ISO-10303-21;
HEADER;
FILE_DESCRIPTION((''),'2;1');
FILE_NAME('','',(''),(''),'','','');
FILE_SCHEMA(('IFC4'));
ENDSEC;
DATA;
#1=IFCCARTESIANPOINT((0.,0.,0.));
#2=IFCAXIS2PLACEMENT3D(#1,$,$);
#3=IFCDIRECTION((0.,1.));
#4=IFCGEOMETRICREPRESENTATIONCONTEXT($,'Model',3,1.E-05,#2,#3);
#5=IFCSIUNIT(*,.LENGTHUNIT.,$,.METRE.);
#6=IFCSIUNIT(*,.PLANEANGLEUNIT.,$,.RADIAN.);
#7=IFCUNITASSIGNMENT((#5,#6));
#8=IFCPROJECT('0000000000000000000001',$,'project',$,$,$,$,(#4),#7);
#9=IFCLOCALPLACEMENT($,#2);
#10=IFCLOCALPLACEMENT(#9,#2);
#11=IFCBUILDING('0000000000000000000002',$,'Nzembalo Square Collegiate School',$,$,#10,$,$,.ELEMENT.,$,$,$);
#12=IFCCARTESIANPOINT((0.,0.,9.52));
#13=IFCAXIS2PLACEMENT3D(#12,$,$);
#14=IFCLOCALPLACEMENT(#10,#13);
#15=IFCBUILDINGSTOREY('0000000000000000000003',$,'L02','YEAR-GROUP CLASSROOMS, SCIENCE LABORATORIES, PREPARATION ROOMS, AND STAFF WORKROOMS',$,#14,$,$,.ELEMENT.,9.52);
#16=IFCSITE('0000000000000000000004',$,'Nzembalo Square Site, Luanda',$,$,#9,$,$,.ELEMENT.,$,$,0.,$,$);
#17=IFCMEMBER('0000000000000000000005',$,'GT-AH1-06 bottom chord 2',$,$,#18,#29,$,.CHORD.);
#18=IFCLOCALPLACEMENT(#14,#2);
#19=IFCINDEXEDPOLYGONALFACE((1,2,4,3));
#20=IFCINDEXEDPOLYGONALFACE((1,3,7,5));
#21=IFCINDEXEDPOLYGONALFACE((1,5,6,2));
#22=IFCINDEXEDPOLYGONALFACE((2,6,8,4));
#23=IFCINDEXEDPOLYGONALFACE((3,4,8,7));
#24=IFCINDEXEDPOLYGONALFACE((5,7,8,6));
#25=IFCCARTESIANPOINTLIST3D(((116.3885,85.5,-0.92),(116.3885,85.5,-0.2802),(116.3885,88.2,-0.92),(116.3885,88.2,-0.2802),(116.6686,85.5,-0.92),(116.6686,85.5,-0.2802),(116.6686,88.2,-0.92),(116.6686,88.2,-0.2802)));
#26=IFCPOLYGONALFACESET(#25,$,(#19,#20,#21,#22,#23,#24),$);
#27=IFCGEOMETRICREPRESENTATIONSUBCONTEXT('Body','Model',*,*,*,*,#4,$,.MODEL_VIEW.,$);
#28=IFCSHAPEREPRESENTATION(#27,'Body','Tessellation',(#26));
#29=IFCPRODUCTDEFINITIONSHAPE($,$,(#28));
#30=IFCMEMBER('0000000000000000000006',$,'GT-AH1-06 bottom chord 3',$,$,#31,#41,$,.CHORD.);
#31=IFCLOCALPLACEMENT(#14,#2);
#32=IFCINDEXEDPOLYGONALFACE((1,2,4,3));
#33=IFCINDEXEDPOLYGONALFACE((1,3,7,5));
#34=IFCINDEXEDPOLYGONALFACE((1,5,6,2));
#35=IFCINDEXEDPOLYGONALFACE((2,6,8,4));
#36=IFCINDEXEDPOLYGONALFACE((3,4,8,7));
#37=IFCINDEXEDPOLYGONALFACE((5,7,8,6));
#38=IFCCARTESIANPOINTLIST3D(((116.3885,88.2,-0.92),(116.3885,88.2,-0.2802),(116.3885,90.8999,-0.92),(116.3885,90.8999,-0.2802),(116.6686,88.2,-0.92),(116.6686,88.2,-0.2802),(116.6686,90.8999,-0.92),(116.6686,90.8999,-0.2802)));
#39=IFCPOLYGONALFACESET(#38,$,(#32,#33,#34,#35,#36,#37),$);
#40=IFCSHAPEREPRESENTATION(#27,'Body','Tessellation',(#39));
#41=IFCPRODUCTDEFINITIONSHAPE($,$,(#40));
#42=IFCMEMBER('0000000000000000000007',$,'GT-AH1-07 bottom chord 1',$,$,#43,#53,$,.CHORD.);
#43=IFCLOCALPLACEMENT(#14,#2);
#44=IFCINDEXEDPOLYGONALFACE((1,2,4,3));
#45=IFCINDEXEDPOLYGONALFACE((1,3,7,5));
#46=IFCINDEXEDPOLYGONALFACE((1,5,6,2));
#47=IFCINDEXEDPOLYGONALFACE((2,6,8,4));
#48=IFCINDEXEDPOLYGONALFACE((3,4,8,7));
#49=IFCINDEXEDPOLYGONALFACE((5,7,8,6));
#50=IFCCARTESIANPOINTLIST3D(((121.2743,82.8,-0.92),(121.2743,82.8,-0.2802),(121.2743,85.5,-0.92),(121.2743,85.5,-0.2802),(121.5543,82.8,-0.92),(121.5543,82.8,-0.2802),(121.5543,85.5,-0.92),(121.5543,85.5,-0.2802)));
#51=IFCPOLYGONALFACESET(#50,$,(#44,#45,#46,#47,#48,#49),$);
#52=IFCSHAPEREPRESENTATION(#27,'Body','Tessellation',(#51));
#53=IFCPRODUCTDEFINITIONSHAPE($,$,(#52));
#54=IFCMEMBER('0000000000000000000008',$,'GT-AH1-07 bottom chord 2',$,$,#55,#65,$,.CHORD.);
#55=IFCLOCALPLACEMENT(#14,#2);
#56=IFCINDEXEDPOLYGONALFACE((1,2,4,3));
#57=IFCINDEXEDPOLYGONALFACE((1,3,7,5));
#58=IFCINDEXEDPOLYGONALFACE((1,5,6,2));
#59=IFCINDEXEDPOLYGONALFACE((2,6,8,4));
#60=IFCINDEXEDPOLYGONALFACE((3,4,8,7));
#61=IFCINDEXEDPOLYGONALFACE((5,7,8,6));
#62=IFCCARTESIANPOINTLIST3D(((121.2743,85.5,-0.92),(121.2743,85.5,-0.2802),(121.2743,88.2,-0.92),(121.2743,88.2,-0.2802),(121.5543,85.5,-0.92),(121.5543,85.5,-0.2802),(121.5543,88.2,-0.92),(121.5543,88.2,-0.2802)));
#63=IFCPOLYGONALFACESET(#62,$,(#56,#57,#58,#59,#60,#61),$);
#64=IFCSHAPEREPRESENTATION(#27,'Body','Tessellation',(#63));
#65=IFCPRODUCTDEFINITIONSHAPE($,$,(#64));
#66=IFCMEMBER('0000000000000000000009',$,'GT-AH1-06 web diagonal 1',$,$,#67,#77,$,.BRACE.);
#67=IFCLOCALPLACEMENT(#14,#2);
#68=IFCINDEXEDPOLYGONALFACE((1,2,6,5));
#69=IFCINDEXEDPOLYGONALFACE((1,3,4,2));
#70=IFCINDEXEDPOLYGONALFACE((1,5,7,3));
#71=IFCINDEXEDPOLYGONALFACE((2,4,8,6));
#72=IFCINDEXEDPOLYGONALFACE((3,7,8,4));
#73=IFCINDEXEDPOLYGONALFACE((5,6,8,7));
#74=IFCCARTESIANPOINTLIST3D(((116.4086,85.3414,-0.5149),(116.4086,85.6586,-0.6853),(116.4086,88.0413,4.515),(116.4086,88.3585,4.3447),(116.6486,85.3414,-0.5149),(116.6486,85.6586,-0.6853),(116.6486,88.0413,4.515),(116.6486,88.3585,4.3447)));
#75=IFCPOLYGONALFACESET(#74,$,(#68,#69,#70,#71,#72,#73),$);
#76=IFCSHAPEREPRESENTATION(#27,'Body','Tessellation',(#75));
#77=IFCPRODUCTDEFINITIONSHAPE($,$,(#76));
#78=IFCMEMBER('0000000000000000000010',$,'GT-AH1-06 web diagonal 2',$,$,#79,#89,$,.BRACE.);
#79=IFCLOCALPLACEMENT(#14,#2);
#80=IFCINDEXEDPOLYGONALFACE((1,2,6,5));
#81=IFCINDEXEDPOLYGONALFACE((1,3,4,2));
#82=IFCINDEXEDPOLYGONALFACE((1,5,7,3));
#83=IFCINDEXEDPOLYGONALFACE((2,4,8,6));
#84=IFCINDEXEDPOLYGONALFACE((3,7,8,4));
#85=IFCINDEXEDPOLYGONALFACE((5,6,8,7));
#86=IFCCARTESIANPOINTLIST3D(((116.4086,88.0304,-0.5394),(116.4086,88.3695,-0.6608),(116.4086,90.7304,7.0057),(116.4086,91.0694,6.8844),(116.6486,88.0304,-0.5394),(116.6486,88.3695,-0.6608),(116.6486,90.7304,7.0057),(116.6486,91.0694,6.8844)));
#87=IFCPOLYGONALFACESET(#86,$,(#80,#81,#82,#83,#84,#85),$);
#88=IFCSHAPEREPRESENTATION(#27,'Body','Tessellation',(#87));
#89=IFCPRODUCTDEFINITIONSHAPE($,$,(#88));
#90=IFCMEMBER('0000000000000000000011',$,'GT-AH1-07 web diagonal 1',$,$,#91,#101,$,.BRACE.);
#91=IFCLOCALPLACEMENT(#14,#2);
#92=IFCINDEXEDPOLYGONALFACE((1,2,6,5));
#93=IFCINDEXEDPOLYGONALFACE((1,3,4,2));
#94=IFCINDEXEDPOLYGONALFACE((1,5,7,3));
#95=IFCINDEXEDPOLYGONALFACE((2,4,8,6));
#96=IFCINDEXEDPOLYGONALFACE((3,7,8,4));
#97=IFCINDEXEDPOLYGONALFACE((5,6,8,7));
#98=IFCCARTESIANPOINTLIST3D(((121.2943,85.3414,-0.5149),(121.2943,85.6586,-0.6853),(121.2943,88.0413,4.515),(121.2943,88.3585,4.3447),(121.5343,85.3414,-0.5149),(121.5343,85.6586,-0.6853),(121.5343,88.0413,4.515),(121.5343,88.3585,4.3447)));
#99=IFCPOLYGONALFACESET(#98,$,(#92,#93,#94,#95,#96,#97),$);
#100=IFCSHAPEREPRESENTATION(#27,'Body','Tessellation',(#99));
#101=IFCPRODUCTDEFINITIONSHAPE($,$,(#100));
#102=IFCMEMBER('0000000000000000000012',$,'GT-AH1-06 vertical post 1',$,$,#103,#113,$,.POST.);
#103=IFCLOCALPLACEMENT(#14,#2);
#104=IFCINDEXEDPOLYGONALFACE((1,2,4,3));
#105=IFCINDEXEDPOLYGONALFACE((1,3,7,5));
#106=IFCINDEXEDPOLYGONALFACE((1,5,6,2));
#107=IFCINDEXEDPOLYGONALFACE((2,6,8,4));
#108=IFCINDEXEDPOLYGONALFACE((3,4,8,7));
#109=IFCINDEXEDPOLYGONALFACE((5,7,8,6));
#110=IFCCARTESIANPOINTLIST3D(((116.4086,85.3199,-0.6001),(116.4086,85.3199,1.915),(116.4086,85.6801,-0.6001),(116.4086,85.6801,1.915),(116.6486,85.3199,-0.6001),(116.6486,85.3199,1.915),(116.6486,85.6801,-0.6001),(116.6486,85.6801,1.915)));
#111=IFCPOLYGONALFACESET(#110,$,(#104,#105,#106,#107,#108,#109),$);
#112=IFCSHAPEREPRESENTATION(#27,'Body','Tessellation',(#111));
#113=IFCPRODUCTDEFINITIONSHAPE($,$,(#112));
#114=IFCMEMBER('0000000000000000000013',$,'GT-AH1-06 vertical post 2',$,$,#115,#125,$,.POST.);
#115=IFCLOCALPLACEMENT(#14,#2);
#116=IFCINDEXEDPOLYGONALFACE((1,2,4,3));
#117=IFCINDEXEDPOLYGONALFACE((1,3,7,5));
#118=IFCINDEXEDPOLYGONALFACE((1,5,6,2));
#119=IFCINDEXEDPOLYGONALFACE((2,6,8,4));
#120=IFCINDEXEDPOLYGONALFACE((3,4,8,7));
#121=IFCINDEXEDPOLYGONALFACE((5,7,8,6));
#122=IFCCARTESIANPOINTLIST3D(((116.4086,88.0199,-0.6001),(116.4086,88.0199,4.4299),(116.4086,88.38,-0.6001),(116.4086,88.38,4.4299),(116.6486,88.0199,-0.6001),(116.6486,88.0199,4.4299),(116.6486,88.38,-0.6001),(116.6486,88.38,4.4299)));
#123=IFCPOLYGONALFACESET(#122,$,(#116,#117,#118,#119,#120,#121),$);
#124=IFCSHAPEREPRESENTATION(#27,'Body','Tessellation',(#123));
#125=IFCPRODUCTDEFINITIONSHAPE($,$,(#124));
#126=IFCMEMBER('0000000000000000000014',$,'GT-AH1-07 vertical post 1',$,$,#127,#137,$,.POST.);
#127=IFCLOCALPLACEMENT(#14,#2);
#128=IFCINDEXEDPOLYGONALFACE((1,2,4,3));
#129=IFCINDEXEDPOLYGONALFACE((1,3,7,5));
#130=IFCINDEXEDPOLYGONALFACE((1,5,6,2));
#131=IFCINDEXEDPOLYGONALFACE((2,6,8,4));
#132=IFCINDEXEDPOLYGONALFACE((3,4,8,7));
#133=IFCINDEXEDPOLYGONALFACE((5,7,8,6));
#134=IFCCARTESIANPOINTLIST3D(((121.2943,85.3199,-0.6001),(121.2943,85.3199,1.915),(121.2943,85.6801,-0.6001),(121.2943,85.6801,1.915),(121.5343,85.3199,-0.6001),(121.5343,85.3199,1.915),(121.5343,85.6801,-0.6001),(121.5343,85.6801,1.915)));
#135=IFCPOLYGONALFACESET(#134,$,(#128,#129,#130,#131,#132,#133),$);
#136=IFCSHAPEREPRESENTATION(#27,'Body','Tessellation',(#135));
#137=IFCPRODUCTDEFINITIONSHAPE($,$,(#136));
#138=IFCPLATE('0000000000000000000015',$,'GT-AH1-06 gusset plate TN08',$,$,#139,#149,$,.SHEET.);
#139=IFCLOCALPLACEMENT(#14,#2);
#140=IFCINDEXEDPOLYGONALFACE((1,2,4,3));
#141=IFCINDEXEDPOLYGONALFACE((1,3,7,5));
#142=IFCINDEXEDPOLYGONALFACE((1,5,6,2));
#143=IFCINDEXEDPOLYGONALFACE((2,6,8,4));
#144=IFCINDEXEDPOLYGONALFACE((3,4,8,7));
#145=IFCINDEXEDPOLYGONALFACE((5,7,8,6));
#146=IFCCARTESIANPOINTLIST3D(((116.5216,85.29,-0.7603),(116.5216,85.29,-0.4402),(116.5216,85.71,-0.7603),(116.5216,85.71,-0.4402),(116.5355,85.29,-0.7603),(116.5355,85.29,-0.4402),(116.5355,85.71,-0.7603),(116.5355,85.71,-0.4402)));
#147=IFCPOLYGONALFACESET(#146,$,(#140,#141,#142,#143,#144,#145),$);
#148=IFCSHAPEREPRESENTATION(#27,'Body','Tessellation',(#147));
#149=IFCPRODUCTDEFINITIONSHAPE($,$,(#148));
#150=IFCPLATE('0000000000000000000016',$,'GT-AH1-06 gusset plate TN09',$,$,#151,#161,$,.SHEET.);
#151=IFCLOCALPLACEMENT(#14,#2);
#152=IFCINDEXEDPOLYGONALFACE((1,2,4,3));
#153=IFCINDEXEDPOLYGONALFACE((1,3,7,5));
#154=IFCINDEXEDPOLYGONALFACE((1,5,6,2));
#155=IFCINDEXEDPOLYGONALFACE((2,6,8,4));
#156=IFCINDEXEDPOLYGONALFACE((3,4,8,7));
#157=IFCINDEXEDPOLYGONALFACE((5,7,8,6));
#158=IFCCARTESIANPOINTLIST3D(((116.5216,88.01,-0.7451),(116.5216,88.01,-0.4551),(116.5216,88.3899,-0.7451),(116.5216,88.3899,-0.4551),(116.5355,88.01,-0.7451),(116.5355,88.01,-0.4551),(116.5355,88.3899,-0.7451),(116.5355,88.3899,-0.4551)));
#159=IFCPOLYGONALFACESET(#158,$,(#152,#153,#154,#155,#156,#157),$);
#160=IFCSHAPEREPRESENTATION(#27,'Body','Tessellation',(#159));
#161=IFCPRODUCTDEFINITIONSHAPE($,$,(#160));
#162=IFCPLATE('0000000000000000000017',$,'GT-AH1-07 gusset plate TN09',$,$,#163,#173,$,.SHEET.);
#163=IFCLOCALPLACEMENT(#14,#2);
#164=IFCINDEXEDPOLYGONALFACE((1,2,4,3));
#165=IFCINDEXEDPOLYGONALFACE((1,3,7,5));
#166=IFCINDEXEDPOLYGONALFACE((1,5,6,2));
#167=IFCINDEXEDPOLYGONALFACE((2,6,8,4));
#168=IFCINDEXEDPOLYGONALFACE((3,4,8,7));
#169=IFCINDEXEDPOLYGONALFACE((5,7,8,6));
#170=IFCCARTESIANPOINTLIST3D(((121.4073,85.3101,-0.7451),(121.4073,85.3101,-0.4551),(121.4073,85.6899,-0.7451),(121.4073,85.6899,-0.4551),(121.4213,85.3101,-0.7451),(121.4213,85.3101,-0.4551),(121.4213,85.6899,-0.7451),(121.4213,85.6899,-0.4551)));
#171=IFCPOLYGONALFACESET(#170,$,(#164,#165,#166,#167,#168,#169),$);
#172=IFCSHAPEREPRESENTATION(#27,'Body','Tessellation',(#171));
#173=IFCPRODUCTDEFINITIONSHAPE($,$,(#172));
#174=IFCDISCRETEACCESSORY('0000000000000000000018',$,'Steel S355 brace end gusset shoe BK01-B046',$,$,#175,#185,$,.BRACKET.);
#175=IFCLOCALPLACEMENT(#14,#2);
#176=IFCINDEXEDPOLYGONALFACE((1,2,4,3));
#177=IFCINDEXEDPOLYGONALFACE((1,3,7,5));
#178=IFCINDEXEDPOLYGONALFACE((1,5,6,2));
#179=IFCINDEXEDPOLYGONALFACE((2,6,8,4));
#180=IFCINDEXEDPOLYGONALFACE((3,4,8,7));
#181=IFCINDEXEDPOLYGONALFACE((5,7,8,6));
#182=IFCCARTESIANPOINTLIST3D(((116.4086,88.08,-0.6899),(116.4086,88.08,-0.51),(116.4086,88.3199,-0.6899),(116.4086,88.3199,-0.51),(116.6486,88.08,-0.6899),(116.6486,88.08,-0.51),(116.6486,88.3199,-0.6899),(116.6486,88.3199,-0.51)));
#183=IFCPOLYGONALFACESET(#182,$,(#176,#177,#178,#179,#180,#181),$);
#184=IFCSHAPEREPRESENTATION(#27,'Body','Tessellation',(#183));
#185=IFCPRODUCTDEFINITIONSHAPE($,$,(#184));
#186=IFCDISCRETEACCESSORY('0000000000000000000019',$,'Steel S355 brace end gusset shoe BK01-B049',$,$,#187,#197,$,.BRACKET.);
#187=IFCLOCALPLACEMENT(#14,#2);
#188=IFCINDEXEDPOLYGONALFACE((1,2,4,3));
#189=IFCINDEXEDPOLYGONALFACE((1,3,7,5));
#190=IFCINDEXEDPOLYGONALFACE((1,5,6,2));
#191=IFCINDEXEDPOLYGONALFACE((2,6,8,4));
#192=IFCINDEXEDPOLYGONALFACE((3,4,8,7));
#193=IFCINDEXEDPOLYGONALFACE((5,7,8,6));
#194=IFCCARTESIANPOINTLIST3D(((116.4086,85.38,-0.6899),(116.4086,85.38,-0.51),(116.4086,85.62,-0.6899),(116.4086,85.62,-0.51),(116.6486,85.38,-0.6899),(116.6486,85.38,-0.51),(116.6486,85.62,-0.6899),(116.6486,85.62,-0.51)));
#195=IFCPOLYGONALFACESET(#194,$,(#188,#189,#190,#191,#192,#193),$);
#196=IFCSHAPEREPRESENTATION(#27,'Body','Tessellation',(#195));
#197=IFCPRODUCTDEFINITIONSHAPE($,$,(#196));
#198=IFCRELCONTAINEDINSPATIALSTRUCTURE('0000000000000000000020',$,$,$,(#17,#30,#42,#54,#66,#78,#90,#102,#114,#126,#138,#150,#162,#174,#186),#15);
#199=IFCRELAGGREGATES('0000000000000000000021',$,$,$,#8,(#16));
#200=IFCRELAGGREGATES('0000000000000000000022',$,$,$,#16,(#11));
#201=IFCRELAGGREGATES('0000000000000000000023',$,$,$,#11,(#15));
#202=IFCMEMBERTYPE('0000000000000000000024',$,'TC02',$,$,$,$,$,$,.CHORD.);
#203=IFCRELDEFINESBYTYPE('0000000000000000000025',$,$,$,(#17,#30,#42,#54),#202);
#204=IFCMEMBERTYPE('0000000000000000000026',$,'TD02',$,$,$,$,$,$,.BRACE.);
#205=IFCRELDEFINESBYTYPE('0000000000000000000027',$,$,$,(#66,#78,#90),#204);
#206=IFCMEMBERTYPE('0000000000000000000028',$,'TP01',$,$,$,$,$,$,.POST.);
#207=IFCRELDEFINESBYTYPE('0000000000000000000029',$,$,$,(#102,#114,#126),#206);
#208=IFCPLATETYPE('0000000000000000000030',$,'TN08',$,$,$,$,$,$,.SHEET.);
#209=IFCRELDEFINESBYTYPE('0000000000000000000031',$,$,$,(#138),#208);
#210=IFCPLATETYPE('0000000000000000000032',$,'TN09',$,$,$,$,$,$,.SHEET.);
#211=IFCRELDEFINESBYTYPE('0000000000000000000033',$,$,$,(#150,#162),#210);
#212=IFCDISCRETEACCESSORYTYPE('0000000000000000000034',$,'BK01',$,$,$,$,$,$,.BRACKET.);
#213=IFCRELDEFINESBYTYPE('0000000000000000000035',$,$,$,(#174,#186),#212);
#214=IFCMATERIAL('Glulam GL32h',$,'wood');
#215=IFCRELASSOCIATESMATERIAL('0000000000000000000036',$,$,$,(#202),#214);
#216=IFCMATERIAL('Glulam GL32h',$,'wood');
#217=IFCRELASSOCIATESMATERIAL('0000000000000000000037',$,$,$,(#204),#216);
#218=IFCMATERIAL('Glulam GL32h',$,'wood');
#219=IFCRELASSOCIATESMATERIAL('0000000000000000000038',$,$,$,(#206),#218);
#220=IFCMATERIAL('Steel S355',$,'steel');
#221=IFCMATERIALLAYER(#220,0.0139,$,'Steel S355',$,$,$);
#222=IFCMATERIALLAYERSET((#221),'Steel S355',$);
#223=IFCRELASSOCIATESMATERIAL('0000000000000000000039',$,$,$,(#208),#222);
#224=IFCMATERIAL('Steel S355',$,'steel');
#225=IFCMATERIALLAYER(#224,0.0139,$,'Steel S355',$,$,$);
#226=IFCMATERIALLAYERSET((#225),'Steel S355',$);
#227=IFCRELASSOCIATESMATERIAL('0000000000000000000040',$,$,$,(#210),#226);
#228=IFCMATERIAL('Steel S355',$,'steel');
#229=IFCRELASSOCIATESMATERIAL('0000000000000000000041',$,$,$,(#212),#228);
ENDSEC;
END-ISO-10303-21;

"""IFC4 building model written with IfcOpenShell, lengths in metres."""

from ifc_helpers import new_model, si_unit, direction, frame, origin, origin_2d, place, context, subcontext, project, spatial, rectangle, extrude, material, layer, layer_set, material_profile, profile_set, type_object, element, save


model = new_model("IFC4")

# Units and contexts
model_context = context("Model", 3, precision=1e-05, world=origin(), true_north=direction((0.0, 1.0)))
body_context = subcontext(model_context, "Body", "Model", "MODEL_VIEW")
ifc_project = project(units=[si_unit("LENGTHUNIT", "METRE"), si_unit("PLANEANGLEUNIT", "RADIAN")], contexts=[model_context])

# Site, building, storey
site_placement = place(None, origin())
site = spatial("IfcSite", under=ifc_project, at=site_placement, Name="Nzembalo Square Site, Luanda", CompositionType="ELEMENT", RefElevation=0.0)
building_placement = place(site_placement, origin())
building = spatial("IfcBuilding", under=site, at=building_placement, Name="Nzembalo Square Collegiate School", CompositionType="ELEMENT")
storey_placement = place(building_placement, frame((0.0, 0.0, 9.52)))
storey = spatial("IfcBuildingStorey", under=building, at=storey_placement, Name="L02", Description="YEAR-GROUP CLASSROOMS, SCIENCE LABORATORIES, PREPARATION ROOMS, AND STAFF WORKROOMS", CompositionType="ELEMENT", Elevation=9.52)

# Members
ifc_material_1 = material(Name="Glulam GL32h", Category="wood")
ifc_material_profile_1 = material_profile(ifc_material_1, rectangle(XDim=0.28, YDim=0.6399, at=origin_2d()), Name="GL32h 280x640")
ifc_profile_set_1 = profile_set([ifc_material_profile_1], Name="Glulam GL32h")
member_type_1 = type_object("IfcMemberType", Name="TC02", PredefinedType="CHORD", material=ifc_profile_set_1)
for number, where, z_axis, x_axis, name in (
    (1, (116.5286, 85.5, -0.6001), (0.0, 1.0, 0.0), (-1.0, 0.0, 0.0), "GT-AH1-06 bottom chord 2"),
    (2, (116.5286, 88.2, -0.6001), (0.0, 1.0, 0.0), (-1.0, 0.0, 0.0), "GT-AH1-06 bottom chord 3"),
    (3, (121.4143, 82.8, -0.6001), (0.0, 1.0, 0.0), (-1.0, 0.0, 0.0), "GT-AH1-07 bottom chord 1"),
    (4, (121.4143, 85.5, -0.6001), (0.0, 1.0, 0.0), (-1.0, 0.0, 0.0), "GT-AH1-07 bottom chord 2"),
):
    element("IfcMember", number, at=place(storey_placement, frame(where, z_axis=z_axis, x_axis=x_axis)), inside=storey, type_object=member_type_1, Name=name, PredefinedType="CHORD", context=body_context, shape_type="SweptSolid", body=[
        extrude(rectangle(XDim=0.28, YDim=0.6399, at=origin_2d()), origin(), (0.0, 0.0, 1.0), 2.7),
    ])
ifc_material_2 = material(Name="Glulam GL32h", Category="wood")
ifc_material_profile_2 = material_profile(ifc_material_2, rectangle(XDim=0.24, YDim=0.3601, at=origin_2d()), Name="GL32h 240x360")
ifc_profile_set_2 = profile_set([ifc_material_profile_2], Name="Glulam GL32h")
member_type_2 = type_object("IfcMemberType", Name="TD02", PredefinedType="BRACE", material=ifc_profile_set_2)
member_1_placement = place(storey_placement, frame((116.5286, 85.5, -0.6001), z_axis=(0.0, 0.472942, 0.881094), x_axis=(-1.0, 0.0, 0.0)))
element("IfcMember", 5, at=member_1_placement, inside=storey, type_object=member_type_2, Name="GT-AH1-06 web diagonal 1", PredefinedType="BRACE", context=body_context, shape_type="SweptSolid", body=[
    extrude(rectangle(XDim=0.24, YDim=0.3601, at=origin_2d()), origin(), (0.0, 0.0, 1.0), 5.7087),
])
member_2_placement = place(storey_placement, frame((116.5286, 88.2, -0.6001), z_axis=(0.0, 0.336917, 0.941534), x_axis=(-1.0, 0.0, 0.0)))
element("IfcMember", 6, at=member_2_placement, inside=storey, type_object=member_type_2, Name="GT-AH1-06 web diagonal 2", PredefinedType="BRACE", context=body_context, shape_type="SweptSolid", body=[
    extrude(rectangle(XDim=0.24, YDim=0.3601, at=origin_2d()), origin(), (0.0, 0.0, 1.0), 8.0137),
])
member_3_placement = place(storey_placement, frame((121.4143, 85.5, -0.6001), z_axis=(0.0, 0.472942, 0.881094), x_axis=(-1.0, 0.0, 0.0)))
element("IfcMember", 7, at=member_3_placement, inside=storey, type_object=member_type_2, Name="GT-AH1-07 web diagonal 1", PredefinedType="BRACE", context=body_context, shape_type="SweptSolid", body=[
    extrude(rectangle(XDim=0.24, YDim=0.3601, at=origin_2d()), origin(), (0.0, 0.0, 1.0), 5.7087),
])
ifc_material_3 = material(Name="Glulam GL32h", Category="wood")
ifc_material_profile_3 = material_profile(ifc_material_3, rectangle(XDim=0.24, YDim=0.3601, at=origin_2d()), Name="GL32h 240x360")
ifc_profile_set_3 = profile_set([ifc_material_profile_3], Name="Glulam GL32h")
member_type_3 = type_object("IfcMemberType", Name="TP01", PredefinedType="POST", material=ifc_profile_set_3)
member_4_placement = place(storey_placement, frame((116.5286, 85.5, -0.6001), z_axis=(0.0, 0.0, 1.0), x_axis=(1.0, 0.0, 0.0)))
element("IfcMember", 8, at=member_4_placement, inside=storey, type_object=member_type_3, Name="GT-AH1-06 vertical post 1", PredefinedType="POST", context=body_context, shape_type="SweptSolid", body=[
    extrude(rectangle(XDim=0.24, YDim=0.3601, at=origin_2d()), origin(), (0.0, 0.0, 1.0), 2.5151),
])
member_5_placement = place(storey_placement, frame((116.5286, 88.2, -0.6001), z_axis=(0.0, 0.0, 1.0), x_axis=(1.0, 0.0, 0.0)))
element("IfcMember", 9, at=member_5_placement, inside=storey, type_object=member_type_3, Name="GT-AH1-06 vertical post 2", PredefinedType="POST", context=body_context, shape_type="SweptSolid", body=[
    extrude(rectangle(XDim=0.24, YDim=0.3601, at=origin_2d()), origin(), (0.0, 0.0, 1.0), 5.03),
])
member_6_placement = place(storey_placement, frame((121.4143, 85.5, -0.6001), z_axis=(0.0, 0.0, 1.0), x_axis=(1.0, 0.0, 0.0)))
element("IfcMember", 10, at=member_6_placement, inside=storey, type_object=member_type_3, Name="GT-AH1-07 vertical post 1", PredefinedType="POST", context=body_context, shape_type="SweptSolid", body=[
    extrude(rectangle(XDim=0.24, YDim=0.3601, at=origin_2d()), origin(), (0.0, 0.0, 1.0), 2.5151),
])

# Plates
ifc_material_4 = material(Name="Steel S355", Category="steel")
ifc_layer_1 = layer(ifc_material_4, 0.0139, Name="Steel S355")
ifc_layer_set_1 = layer_set([ifc_layer_1], Name="Steel S355")
plate_type_1 = type_object("IfcPlateType", Name="TN08", PredefinedType="SHEET", material=ifc_layer_set_1)
plate_placement = place(storey_placement, frame((116.5286, 85.5, -0.7603), z_axis=(0.0, 0.0, 1.0), x_axis=(0.0, 1.0, 0.0)))
element("IfcPlate", 11, at=plate_placement, inside=storey, type_object=plate_type_1, Name="GT-AH1-06 gusset plate TN08", PredefinedType="SHEET", context=body_context, shape_type="SweptSolid", body=[
    extrude(rectangle(XDim=0.4199, YDim=0.0139, at=origin_2d()), origin(), (0.0, 0.0, 1.0), 0.3201),
])
ifc_material_5 = material(Name="Steel S355", Category="steel")
ifc_layer_2 = layer(ifc_material_5, 0.0139, Name="Steel S355")
ifc_layer_set_2 = layer_set([ifc_layer_2], Name="Steel S355")
plate_type_2 = type_object("IfcPlateType", Name="TN09", PredefinedType="SHEET", material=ifc_layer_set_2)
for number, where, z_axis, x_axis, name in (
    (12, (116.5286, 88.2, -0.7451), (0.0, 0.0, 1.0), (0.0, 1.0, 0.0), "GT-AH1-06 gusset plate TN09"),
    (13, (121.4143, 85.5, -0.7451), (0.0, 0.0, 1.0), (0.0, 1.0, 0.0), "GT-AH1-07 gusset plate TN09"),
):
    element("IfcPlate", number, at=place(storey_placement, frame(where, z_axis=z_axis, x_axis=x_axis)), inside=storey, type_object=plate_type_2, Name=name, PredefinedType="SHEET", context=body_context, shape_type="SweptSolid", body=[
        extrude(rectangle(XDim=0.3799, YDim=0.0139, at=origin_2d()), origin(), (0.0, 0.0, 1.0), 0.29),
    ])

# Discrete accessories
ifc_material_6 = material(Name="Steel S355", Category="steel")
discrete_accessory_type = type_object("IfcDiscreteAccessoryType", Name="BK01", PredefinedType="BRACKET", material=ifc_material_6)
for number, where, z_axis, x_axis, name in (
    (14, (116.5286, 88.2, -0.6899), (0.0, 0.0, 1.0), (1.0, 0.0, 0.0), "Steel S355 brace end gusset shoe BK01-B046"),
    (15, (116.5286, 85.5, -0.6899), (0.0, 0.0, 1.0), (1.0, 0.0, 0.0), "Steel S355 brace end gusset shoe BK01-B049"),
):
    element("IfcDiscreteAccessory", number, at=place(storey_placement, frame(where, z_axis=z_axis, x_axis=x_axis)), inside=storey, type_object=discrete_accessory_type, Name=name, PredefinedType="BRACKET", context=body_context, shape_type="SweptSolid", body=[
        extrude(rectangle(XDim=0.24, YDim=0.24, at=origin_2d()), origin(), (0.0, 0.0, 1.0), 0.1799),
    ])

save(model, "model.ifc")
